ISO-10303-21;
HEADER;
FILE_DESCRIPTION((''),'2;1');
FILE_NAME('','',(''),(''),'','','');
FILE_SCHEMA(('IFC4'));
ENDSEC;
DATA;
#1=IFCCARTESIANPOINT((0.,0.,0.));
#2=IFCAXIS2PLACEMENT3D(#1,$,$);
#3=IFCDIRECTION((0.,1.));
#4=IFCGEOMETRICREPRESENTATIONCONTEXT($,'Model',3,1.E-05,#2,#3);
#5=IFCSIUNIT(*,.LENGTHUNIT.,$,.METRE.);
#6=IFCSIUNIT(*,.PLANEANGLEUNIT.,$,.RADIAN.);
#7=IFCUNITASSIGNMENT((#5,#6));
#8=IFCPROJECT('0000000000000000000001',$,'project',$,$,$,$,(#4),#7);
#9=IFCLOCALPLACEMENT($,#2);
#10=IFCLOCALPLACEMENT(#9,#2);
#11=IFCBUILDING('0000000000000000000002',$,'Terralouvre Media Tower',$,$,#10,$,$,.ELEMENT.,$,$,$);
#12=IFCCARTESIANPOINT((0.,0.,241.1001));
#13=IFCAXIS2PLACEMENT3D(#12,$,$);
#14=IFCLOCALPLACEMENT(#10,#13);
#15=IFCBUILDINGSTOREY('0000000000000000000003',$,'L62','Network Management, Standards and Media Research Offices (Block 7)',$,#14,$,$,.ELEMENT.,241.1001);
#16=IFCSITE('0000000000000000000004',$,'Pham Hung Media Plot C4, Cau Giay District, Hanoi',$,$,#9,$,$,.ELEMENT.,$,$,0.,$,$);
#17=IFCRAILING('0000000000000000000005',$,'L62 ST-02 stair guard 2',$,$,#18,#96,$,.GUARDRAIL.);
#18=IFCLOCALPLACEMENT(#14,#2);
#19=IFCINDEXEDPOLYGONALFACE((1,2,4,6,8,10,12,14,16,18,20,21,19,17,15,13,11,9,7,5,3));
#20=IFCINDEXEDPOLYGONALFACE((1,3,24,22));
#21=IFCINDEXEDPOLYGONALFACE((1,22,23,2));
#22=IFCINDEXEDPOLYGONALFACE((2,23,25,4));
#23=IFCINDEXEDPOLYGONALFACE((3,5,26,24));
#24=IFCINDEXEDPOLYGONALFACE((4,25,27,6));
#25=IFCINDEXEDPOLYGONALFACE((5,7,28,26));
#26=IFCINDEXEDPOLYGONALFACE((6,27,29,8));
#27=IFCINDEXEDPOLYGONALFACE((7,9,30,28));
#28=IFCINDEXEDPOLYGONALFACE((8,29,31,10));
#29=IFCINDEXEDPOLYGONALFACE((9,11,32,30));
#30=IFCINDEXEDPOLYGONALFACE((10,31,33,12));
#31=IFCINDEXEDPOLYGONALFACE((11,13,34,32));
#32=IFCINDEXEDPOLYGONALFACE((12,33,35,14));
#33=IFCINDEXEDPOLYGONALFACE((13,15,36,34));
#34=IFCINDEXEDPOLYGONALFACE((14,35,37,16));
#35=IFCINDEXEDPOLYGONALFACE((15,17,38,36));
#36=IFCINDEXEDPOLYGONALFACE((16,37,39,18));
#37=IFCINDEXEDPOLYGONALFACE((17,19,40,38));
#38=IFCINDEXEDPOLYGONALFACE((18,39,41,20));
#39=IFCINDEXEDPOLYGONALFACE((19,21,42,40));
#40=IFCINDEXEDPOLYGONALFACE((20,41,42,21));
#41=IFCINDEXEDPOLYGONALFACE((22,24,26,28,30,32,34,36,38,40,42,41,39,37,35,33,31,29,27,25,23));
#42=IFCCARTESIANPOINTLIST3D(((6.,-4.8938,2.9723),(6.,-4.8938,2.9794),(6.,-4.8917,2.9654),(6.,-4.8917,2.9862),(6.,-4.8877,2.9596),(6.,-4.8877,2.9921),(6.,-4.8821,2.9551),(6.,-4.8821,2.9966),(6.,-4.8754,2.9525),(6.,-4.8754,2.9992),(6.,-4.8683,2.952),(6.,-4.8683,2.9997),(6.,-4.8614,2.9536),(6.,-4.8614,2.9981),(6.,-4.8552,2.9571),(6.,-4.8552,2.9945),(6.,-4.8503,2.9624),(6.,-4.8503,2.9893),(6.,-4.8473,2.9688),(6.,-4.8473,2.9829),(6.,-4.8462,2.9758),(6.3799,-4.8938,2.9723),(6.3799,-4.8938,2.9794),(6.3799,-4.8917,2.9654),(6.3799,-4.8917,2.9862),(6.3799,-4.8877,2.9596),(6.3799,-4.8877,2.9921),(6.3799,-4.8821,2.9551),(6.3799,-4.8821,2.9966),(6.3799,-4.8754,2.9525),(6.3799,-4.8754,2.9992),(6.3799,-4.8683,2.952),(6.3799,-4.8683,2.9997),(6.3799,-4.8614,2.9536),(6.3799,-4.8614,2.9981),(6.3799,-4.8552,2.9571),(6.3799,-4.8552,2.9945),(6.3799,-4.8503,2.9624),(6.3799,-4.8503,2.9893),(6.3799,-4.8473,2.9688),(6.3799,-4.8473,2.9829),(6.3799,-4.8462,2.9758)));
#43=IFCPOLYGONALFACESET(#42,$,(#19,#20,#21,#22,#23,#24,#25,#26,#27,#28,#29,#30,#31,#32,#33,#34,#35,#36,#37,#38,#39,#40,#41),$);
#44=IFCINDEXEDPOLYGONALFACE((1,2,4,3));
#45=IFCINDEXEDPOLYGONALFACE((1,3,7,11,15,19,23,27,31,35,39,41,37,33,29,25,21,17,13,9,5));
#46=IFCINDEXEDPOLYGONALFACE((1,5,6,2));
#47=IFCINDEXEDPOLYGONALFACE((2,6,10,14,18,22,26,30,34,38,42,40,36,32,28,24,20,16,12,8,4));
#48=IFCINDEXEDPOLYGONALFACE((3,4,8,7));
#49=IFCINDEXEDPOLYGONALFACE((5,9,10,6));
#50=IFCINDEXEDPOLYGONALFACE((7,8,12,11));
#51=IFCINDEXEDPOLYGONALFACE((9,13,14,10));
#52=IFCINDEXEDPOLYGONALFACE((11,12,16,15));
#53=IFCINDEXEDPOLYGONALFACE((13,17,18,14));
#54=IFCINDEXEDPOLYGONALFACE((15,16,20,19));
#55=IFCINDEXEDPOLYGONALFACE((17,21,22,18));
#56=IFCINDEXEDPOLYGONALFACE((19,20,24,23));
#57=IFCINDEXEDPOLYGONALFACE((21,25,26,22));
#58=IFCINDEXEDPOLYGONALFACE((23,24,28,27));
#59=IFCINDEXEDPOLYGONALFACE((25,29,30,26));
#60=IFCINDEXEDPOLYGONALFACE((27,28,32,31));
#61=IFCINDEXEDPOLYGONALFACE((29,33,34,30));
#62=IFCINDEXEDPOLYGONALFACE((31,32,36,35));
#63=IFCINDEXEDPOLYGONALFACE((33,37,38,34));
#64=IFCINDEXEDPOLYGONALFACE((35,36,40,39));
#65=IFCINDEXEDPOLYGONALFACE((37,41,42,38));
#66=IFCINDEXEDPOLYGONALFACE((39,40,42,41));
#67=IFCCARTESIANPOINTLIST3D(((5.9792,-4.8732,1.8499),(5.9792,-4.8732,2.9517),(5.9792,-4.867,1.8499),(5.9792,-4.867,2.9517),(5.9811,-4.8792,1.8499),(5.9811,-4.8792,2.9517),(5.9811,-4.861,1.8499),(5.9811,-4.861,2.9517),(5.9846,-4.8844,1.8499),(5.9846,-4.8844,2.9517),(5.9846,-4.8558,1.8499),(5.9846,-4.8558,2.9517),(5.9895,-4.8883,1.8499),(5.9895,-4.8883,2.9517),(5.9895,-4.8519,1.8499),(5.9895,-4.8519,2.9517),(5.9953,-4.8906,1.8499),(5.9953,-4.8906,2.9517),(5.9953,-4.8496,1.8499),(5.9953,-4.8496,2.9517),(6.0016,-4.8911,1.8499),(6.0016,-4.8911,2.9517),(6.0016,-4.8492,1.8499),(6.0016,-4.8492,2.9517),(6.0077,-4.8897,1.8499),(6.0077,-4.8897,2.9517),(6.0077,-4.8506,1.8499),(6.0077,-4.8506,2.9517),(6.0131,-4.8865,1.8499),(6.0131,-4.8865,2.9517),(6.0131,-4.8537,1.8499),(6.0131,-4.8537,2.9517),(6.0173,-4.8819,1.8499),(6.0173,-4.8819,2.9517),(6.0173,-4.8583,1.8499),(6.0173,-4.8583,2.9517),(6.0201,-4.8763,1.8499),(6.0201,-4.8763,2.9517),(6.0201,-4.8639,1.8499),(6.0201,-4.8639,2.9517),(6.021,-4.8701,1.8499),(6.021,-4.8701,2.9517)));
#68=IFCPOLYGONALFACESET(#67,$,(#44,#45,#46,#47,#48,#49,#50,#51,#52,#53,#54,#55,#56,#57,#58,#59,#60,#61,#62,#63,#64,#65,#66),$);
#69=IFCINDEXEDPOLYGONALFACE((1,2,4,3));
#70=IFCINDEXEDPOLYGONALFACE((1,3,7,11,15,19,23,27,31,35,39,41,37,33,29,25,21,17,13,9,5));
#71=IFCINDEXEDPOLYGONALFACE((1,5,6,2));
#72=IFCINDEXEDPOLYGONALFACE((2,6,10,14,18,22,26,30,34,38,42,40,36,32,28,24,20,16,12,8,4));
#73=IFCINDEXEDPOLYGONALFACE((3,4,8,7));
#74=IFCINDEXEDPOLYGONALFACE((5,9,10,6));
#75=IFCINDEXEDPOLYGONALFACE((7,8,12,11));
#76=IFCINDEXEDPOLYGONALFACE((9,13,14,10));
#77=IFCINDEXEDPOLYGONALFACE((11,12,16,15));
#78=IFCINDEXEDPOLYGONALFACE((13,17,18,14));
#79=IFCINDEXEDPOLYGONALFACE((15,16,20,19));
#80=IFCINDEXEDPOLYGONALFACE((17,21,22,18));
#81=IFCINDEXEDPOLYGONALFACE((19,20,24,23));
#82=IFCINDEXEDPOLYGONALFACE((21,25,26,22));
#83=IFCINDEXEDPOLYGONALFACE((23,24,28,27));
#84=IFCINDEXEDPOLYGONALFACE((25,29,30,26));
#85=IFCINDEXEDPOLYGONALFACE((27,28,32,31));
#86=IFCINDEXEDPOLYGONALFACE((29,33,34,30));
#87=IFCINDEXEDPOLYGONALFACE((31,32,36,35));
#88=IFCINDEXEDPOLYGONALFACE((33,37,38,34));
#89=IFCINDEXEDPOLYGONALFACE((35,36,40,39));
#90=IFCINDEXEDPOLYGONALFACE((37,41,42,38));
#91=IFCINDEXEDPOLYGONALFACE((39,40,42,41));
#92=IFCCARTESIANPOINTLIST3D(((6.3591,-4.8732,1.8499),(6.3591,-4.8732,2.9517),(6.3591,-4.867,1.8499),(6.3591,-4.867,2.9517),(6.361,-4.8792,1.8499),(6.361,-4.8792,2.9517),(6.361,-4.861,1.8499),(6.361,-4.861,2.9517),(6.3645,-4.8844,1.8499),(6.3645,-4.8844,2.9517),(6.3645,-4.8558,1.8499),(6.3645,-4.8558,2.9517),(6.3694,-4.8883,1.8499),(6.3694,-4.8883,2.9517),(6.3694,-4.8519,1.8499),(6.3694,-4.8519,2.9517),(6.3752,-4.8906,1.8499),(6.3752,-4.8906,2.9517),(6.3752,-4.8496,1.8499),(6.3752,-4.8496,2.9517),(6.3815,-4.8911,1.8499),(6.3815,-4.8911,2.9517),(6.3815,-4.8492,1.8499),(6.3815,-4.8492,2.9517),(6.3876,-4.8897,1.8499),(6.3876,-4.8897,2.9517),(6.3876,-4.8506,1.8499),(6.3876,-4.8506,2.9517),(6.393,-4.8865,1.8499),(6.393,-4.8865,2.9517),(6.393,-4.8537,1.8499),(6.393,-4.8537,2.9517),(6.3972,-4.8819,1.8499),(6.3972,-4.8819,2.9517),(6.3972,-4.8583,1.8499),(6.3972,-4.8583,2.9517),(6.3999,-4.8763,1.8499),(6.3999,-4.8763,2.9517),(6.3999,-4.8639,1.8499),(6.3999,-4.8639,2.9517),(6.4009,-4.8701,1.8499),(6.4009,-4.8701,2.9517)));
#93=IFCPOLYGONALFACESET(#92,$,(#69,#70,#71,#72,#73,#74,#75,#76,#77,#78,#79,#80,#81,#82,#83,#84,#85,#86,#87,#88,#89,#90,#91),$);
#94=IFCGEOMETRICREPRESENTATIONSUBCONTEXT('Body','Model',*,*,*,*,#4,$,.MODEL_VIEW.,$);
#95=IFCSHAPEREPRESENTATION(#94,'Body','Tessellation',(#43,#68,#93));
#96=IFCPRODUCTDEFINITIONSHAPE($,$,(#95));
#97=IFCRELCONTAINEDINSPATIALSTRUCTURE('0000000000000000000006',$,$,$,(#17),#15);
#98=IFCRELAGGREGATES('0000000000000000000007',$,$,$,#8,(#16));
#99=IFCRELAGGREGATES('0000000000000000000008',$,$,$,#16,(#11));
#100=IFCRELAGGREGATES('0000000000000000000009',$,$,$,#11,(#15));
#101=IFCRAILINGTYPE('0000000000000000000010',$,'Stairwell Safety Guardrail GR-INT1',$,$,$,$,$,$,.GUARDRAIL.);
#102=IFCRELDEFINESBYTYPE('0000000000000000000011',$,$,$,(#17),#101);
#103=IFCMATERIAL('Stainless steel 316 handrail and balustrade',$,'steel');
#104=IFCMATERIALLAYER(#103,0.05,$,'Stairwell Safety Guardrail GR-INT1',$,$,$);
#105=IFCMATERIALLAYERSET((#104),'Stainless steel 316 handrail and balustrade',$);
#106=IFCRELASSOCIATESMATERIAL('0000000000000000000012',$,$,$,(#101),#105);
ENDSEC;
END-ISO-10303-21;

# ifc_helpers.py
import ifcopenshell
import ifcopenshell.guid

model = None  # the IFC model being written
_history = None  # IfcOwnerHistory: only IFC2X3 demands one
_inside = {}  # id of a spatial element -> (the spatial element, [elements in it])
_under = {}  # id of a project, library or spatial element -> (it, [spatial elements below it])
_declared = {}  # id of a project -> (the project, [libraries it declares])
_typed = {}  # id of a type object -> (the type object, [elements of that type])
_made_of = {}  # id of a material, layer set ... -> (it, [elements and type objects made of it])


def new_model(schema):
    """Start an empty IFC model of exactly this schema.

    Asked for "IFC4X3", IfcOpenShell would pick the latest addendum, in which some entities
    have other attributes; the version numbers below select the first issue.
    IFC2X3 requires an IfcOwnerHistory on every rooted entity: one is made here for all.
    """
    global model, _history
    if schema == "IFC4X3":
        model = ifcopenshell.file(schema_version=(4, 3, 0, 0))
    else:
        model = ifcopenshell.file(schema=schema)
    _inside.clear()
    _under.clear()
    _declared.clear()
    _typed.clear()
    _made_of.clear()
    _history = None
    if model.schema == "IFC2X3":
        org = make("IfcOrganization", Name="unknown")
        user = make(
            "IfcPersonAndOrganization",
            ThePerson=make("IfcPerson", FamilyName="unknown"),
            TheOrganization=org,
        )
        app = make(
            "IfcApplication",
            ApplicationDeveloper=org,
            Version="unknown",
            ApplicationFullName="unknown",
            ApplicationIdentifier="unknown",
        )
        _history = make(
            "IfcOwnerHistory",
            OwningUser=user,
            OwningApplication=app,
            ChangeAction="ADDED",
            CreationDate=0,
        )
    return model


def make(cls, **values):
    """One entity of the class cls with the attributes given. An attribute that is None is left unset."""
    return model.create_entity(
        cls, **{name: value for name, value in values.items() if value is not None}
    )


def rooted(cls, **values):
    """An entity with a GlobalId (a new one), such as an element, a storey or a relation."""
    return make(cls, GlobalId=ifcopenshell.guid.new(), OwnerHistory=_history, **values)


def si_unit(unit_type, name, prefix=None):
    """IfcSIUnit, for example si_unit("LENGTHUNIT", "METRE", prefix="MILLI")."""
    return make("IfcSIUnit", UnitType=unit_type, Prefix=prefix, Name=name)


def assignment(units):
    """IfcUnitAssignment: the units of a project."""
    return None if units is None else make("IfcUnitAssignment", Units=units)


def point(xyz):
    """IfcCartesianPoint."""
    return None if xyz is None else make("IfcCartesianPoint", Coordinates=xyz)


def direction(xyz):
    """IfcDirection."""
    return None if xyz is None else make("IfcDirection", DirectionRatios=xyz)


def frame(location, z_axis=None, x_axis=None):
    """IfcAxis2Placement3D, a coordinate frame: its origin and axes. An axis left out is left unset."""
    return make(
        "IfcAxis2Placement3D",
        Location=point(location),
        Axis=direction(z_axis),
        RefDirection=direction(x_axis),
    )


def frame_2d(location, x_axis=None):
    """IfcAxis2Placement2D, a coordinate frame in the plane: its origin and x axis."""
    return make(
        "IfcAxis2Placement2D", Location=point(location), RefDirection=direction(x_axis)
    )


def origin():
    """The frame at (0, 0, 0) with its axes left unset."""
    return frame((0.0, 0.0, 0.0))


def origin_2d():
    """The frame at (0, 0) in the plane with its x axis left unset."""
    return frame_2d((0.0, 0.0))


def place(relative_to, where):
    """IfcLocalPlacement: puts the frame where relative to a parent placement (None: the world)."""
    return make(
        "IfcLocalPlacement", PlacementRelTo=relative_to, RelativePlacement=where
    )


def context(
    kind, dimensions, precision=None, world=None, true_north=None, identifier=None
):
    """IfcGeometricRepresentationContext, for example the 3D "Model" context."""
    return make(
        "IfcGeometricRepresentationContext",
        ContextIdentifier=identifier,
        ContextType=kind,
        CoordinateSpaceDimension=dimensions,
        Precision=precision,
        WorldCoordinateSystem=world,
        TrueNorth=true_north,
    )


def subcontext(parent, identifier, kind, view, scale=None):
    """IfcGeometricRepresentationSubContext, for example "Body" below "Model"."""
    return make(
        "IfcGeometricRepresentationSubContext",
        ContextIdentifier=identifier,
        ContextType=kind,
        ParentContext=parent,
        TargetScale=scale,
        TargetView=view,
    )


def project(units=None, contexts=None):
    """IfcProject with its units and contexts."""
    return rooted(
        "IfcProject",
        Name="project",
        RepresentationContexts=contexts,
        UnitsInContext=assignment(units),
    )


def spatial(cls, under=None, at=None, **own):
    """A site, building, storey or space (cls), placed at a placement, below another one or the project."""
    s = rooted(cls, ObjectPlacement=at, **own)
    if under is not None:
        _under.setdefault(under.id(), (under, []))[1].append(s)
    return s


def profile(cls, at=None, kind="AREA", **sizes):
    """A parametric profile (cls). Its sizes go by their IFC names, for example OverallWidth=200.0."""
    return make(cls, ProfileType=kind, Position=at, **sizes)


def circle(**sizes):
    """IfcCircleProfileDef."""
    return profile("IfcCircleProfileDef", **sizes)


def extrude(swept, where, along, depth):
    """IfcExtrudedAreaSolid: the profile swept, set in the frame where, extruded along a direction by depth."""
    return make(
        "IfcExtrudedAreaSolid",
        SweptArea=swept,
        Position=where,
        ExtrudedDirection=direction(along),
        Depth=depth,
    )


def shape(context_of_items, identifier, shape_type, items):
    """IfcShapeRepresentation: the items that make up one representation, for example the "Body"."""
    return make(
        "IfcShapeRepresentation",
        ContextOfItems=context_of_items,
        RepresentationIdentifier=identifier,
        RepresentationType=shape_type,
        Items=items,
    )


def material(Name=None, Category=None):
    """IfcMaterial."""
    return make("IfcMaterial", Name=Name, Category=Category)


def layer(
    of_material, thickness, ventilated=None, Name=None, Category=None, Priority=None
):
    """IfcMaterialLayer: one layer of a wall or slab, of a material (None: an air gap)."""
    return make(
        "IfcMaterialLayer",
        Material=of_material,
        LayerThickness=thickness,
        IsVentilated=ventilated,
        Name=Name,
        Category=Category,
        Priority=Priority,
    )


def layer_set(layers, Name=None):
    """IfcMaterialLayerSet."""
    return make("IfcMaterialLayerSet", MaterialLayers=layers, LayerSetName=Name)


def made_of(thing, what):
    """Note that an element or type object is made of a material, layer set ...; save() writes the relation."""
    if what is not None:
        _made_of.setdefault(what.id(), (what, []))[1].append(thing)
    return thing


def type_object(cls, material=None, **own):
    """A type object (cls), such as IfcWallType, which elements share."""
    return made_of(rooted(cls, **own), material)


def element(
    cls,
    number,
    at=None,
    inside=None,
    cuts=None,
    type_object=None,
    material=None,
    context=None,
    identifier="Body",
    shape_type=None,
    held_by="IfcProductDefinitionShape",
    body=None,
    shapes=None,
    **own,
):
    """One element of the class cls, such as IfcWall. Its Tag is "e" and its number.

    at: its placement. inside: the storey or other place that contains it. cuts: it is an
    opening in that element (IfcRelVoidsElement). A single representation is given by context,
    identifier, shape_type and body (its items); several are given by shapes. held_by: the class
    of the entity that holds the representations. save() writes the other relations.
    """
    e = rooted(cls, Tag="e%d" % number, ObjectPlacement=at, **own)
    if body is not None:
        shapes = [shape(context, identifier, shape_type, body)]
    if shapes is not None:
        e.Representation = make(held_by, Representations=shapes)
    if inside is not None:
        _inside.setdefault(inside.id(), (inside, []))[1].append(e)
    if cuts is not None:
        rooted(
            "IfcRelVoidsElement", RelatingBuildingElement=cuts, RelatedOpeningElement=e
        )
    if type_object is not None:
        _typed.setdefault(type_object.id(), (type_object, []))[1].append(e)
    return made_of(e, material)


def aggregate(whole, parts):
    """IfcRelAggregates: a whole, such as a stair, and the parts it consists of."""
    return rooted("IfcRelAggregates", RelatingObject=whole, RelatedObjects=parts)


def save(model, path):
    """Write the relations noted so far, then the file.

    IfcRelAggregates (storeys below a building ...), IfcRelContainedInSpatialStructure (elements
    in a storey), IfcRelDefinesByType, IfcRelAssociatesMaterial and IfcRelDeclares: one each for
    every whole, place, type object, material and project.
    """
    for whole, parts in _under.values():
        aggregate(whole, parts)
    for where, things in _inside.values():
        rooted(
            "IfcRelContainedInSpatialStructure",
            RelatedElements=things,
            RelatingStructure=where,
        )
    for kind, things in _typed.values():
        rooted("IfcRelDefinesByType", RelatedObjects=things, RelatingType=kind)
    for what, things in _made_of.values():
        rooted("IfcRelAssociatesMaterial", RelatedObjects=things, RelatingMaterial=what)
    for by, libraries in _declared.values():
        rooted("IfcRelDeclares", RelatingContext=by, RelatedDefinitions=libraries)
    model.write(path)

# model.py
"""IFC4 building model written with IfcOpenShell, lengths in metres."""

from ifc_helpers import new_model, si_unit, direction, frame, origin, origin_2d, place, context, subcontext, project, spatial, circle, extrude, material, layer, layer_set, type_object, element, save


model = new_model("IFC4")

# Units and contexts
model_context = context("Model", 3, precision=1e-05, world=origin(), true_north=direction((0.0, 1.0)))
body_context = subcontext(model_context, "Body", "Model", "MODEL_VIEW")
ifc_project = project(units=[si_unit("LENGTHUNIT", "METRE"), si_unit("PLANEANGLEUNIT", "RADIAN")], contexts=[model_context])

# Site, building, storey
site_placement = place(None, origin())
site = spatial("IfcSite", under=ifc_project, at=site_placement, Name="Pham Hung Media Plot C4, Cau Giay District, Hanoi", CompositionType="ELEMENT", RefElevation=0.0)
building_placement = place(site_placement, origin())
building = spatial("IfcBuilding", under=site, at=building_placement, Name="Terralouvre Media Tower", CompositionType="ELEMENT")
storey_placement = place(building_placement, frame((0.0, 0.0, 241.1001)))
storey = spatial("IfcBuildingStorey", under=building, at=storey_placement, Name="L62", Description="Network Management, Standards and Media Research Offices (Block 7)", CompositionType="ELEMENT", Elevation=241.1001)

# Railing
ifc_material_1 = material(Name="Stainless steel 316 handrail and balustrade", Category="steel")
ifc_layer_1 = layer(ifc_material_1, 0.05, Name="Stairwell Safety Guardrail GR-INT1")
ifc_layer_set_1 = layer_set([ifc_layer_1], Name="Stainless steel 316 handrail and balustrade")
railing_type_1 = type_object("IfcRailingType", Name="Stairwell Safety Guardrail GR-INT1", PredefinedType="GUARDRAIL", material=ifc_layer_set_1)
railing_1_placement = place(storey_placement, frame((6.0, -4.8701, 1.8499)))
element("IfcRailing", 1, at=railing_1_placement, inside=storey, type_object=railing_type_1, Name="L62 ST-02 stair guard 2", PredefinedType="GUARDRAIL", context=body_context, shape_type="SweptSolid", body=[
    extrude(circle(Radius=0.0239, at=origin_2d()), frame((0.0, 0.0, 1.126), z_axis=(1.0, 0.0, 0.0), x_axis=(0.0, 1.0, 0.0)), (0.0, 0.0, 1.0), 0.3799),
    extrude(circle(Radius=0.021, at=origin_2d()), origin(), (0.0, 0.0, 1.0), 1.1018),
    extrude(circle(Radius=0.021, at=origin_2d()), frame((0.3799, 0.0, 0.0)), (0.0, 0.0, 1.0), 1.1018),
])

save(model, "model.ifc")
